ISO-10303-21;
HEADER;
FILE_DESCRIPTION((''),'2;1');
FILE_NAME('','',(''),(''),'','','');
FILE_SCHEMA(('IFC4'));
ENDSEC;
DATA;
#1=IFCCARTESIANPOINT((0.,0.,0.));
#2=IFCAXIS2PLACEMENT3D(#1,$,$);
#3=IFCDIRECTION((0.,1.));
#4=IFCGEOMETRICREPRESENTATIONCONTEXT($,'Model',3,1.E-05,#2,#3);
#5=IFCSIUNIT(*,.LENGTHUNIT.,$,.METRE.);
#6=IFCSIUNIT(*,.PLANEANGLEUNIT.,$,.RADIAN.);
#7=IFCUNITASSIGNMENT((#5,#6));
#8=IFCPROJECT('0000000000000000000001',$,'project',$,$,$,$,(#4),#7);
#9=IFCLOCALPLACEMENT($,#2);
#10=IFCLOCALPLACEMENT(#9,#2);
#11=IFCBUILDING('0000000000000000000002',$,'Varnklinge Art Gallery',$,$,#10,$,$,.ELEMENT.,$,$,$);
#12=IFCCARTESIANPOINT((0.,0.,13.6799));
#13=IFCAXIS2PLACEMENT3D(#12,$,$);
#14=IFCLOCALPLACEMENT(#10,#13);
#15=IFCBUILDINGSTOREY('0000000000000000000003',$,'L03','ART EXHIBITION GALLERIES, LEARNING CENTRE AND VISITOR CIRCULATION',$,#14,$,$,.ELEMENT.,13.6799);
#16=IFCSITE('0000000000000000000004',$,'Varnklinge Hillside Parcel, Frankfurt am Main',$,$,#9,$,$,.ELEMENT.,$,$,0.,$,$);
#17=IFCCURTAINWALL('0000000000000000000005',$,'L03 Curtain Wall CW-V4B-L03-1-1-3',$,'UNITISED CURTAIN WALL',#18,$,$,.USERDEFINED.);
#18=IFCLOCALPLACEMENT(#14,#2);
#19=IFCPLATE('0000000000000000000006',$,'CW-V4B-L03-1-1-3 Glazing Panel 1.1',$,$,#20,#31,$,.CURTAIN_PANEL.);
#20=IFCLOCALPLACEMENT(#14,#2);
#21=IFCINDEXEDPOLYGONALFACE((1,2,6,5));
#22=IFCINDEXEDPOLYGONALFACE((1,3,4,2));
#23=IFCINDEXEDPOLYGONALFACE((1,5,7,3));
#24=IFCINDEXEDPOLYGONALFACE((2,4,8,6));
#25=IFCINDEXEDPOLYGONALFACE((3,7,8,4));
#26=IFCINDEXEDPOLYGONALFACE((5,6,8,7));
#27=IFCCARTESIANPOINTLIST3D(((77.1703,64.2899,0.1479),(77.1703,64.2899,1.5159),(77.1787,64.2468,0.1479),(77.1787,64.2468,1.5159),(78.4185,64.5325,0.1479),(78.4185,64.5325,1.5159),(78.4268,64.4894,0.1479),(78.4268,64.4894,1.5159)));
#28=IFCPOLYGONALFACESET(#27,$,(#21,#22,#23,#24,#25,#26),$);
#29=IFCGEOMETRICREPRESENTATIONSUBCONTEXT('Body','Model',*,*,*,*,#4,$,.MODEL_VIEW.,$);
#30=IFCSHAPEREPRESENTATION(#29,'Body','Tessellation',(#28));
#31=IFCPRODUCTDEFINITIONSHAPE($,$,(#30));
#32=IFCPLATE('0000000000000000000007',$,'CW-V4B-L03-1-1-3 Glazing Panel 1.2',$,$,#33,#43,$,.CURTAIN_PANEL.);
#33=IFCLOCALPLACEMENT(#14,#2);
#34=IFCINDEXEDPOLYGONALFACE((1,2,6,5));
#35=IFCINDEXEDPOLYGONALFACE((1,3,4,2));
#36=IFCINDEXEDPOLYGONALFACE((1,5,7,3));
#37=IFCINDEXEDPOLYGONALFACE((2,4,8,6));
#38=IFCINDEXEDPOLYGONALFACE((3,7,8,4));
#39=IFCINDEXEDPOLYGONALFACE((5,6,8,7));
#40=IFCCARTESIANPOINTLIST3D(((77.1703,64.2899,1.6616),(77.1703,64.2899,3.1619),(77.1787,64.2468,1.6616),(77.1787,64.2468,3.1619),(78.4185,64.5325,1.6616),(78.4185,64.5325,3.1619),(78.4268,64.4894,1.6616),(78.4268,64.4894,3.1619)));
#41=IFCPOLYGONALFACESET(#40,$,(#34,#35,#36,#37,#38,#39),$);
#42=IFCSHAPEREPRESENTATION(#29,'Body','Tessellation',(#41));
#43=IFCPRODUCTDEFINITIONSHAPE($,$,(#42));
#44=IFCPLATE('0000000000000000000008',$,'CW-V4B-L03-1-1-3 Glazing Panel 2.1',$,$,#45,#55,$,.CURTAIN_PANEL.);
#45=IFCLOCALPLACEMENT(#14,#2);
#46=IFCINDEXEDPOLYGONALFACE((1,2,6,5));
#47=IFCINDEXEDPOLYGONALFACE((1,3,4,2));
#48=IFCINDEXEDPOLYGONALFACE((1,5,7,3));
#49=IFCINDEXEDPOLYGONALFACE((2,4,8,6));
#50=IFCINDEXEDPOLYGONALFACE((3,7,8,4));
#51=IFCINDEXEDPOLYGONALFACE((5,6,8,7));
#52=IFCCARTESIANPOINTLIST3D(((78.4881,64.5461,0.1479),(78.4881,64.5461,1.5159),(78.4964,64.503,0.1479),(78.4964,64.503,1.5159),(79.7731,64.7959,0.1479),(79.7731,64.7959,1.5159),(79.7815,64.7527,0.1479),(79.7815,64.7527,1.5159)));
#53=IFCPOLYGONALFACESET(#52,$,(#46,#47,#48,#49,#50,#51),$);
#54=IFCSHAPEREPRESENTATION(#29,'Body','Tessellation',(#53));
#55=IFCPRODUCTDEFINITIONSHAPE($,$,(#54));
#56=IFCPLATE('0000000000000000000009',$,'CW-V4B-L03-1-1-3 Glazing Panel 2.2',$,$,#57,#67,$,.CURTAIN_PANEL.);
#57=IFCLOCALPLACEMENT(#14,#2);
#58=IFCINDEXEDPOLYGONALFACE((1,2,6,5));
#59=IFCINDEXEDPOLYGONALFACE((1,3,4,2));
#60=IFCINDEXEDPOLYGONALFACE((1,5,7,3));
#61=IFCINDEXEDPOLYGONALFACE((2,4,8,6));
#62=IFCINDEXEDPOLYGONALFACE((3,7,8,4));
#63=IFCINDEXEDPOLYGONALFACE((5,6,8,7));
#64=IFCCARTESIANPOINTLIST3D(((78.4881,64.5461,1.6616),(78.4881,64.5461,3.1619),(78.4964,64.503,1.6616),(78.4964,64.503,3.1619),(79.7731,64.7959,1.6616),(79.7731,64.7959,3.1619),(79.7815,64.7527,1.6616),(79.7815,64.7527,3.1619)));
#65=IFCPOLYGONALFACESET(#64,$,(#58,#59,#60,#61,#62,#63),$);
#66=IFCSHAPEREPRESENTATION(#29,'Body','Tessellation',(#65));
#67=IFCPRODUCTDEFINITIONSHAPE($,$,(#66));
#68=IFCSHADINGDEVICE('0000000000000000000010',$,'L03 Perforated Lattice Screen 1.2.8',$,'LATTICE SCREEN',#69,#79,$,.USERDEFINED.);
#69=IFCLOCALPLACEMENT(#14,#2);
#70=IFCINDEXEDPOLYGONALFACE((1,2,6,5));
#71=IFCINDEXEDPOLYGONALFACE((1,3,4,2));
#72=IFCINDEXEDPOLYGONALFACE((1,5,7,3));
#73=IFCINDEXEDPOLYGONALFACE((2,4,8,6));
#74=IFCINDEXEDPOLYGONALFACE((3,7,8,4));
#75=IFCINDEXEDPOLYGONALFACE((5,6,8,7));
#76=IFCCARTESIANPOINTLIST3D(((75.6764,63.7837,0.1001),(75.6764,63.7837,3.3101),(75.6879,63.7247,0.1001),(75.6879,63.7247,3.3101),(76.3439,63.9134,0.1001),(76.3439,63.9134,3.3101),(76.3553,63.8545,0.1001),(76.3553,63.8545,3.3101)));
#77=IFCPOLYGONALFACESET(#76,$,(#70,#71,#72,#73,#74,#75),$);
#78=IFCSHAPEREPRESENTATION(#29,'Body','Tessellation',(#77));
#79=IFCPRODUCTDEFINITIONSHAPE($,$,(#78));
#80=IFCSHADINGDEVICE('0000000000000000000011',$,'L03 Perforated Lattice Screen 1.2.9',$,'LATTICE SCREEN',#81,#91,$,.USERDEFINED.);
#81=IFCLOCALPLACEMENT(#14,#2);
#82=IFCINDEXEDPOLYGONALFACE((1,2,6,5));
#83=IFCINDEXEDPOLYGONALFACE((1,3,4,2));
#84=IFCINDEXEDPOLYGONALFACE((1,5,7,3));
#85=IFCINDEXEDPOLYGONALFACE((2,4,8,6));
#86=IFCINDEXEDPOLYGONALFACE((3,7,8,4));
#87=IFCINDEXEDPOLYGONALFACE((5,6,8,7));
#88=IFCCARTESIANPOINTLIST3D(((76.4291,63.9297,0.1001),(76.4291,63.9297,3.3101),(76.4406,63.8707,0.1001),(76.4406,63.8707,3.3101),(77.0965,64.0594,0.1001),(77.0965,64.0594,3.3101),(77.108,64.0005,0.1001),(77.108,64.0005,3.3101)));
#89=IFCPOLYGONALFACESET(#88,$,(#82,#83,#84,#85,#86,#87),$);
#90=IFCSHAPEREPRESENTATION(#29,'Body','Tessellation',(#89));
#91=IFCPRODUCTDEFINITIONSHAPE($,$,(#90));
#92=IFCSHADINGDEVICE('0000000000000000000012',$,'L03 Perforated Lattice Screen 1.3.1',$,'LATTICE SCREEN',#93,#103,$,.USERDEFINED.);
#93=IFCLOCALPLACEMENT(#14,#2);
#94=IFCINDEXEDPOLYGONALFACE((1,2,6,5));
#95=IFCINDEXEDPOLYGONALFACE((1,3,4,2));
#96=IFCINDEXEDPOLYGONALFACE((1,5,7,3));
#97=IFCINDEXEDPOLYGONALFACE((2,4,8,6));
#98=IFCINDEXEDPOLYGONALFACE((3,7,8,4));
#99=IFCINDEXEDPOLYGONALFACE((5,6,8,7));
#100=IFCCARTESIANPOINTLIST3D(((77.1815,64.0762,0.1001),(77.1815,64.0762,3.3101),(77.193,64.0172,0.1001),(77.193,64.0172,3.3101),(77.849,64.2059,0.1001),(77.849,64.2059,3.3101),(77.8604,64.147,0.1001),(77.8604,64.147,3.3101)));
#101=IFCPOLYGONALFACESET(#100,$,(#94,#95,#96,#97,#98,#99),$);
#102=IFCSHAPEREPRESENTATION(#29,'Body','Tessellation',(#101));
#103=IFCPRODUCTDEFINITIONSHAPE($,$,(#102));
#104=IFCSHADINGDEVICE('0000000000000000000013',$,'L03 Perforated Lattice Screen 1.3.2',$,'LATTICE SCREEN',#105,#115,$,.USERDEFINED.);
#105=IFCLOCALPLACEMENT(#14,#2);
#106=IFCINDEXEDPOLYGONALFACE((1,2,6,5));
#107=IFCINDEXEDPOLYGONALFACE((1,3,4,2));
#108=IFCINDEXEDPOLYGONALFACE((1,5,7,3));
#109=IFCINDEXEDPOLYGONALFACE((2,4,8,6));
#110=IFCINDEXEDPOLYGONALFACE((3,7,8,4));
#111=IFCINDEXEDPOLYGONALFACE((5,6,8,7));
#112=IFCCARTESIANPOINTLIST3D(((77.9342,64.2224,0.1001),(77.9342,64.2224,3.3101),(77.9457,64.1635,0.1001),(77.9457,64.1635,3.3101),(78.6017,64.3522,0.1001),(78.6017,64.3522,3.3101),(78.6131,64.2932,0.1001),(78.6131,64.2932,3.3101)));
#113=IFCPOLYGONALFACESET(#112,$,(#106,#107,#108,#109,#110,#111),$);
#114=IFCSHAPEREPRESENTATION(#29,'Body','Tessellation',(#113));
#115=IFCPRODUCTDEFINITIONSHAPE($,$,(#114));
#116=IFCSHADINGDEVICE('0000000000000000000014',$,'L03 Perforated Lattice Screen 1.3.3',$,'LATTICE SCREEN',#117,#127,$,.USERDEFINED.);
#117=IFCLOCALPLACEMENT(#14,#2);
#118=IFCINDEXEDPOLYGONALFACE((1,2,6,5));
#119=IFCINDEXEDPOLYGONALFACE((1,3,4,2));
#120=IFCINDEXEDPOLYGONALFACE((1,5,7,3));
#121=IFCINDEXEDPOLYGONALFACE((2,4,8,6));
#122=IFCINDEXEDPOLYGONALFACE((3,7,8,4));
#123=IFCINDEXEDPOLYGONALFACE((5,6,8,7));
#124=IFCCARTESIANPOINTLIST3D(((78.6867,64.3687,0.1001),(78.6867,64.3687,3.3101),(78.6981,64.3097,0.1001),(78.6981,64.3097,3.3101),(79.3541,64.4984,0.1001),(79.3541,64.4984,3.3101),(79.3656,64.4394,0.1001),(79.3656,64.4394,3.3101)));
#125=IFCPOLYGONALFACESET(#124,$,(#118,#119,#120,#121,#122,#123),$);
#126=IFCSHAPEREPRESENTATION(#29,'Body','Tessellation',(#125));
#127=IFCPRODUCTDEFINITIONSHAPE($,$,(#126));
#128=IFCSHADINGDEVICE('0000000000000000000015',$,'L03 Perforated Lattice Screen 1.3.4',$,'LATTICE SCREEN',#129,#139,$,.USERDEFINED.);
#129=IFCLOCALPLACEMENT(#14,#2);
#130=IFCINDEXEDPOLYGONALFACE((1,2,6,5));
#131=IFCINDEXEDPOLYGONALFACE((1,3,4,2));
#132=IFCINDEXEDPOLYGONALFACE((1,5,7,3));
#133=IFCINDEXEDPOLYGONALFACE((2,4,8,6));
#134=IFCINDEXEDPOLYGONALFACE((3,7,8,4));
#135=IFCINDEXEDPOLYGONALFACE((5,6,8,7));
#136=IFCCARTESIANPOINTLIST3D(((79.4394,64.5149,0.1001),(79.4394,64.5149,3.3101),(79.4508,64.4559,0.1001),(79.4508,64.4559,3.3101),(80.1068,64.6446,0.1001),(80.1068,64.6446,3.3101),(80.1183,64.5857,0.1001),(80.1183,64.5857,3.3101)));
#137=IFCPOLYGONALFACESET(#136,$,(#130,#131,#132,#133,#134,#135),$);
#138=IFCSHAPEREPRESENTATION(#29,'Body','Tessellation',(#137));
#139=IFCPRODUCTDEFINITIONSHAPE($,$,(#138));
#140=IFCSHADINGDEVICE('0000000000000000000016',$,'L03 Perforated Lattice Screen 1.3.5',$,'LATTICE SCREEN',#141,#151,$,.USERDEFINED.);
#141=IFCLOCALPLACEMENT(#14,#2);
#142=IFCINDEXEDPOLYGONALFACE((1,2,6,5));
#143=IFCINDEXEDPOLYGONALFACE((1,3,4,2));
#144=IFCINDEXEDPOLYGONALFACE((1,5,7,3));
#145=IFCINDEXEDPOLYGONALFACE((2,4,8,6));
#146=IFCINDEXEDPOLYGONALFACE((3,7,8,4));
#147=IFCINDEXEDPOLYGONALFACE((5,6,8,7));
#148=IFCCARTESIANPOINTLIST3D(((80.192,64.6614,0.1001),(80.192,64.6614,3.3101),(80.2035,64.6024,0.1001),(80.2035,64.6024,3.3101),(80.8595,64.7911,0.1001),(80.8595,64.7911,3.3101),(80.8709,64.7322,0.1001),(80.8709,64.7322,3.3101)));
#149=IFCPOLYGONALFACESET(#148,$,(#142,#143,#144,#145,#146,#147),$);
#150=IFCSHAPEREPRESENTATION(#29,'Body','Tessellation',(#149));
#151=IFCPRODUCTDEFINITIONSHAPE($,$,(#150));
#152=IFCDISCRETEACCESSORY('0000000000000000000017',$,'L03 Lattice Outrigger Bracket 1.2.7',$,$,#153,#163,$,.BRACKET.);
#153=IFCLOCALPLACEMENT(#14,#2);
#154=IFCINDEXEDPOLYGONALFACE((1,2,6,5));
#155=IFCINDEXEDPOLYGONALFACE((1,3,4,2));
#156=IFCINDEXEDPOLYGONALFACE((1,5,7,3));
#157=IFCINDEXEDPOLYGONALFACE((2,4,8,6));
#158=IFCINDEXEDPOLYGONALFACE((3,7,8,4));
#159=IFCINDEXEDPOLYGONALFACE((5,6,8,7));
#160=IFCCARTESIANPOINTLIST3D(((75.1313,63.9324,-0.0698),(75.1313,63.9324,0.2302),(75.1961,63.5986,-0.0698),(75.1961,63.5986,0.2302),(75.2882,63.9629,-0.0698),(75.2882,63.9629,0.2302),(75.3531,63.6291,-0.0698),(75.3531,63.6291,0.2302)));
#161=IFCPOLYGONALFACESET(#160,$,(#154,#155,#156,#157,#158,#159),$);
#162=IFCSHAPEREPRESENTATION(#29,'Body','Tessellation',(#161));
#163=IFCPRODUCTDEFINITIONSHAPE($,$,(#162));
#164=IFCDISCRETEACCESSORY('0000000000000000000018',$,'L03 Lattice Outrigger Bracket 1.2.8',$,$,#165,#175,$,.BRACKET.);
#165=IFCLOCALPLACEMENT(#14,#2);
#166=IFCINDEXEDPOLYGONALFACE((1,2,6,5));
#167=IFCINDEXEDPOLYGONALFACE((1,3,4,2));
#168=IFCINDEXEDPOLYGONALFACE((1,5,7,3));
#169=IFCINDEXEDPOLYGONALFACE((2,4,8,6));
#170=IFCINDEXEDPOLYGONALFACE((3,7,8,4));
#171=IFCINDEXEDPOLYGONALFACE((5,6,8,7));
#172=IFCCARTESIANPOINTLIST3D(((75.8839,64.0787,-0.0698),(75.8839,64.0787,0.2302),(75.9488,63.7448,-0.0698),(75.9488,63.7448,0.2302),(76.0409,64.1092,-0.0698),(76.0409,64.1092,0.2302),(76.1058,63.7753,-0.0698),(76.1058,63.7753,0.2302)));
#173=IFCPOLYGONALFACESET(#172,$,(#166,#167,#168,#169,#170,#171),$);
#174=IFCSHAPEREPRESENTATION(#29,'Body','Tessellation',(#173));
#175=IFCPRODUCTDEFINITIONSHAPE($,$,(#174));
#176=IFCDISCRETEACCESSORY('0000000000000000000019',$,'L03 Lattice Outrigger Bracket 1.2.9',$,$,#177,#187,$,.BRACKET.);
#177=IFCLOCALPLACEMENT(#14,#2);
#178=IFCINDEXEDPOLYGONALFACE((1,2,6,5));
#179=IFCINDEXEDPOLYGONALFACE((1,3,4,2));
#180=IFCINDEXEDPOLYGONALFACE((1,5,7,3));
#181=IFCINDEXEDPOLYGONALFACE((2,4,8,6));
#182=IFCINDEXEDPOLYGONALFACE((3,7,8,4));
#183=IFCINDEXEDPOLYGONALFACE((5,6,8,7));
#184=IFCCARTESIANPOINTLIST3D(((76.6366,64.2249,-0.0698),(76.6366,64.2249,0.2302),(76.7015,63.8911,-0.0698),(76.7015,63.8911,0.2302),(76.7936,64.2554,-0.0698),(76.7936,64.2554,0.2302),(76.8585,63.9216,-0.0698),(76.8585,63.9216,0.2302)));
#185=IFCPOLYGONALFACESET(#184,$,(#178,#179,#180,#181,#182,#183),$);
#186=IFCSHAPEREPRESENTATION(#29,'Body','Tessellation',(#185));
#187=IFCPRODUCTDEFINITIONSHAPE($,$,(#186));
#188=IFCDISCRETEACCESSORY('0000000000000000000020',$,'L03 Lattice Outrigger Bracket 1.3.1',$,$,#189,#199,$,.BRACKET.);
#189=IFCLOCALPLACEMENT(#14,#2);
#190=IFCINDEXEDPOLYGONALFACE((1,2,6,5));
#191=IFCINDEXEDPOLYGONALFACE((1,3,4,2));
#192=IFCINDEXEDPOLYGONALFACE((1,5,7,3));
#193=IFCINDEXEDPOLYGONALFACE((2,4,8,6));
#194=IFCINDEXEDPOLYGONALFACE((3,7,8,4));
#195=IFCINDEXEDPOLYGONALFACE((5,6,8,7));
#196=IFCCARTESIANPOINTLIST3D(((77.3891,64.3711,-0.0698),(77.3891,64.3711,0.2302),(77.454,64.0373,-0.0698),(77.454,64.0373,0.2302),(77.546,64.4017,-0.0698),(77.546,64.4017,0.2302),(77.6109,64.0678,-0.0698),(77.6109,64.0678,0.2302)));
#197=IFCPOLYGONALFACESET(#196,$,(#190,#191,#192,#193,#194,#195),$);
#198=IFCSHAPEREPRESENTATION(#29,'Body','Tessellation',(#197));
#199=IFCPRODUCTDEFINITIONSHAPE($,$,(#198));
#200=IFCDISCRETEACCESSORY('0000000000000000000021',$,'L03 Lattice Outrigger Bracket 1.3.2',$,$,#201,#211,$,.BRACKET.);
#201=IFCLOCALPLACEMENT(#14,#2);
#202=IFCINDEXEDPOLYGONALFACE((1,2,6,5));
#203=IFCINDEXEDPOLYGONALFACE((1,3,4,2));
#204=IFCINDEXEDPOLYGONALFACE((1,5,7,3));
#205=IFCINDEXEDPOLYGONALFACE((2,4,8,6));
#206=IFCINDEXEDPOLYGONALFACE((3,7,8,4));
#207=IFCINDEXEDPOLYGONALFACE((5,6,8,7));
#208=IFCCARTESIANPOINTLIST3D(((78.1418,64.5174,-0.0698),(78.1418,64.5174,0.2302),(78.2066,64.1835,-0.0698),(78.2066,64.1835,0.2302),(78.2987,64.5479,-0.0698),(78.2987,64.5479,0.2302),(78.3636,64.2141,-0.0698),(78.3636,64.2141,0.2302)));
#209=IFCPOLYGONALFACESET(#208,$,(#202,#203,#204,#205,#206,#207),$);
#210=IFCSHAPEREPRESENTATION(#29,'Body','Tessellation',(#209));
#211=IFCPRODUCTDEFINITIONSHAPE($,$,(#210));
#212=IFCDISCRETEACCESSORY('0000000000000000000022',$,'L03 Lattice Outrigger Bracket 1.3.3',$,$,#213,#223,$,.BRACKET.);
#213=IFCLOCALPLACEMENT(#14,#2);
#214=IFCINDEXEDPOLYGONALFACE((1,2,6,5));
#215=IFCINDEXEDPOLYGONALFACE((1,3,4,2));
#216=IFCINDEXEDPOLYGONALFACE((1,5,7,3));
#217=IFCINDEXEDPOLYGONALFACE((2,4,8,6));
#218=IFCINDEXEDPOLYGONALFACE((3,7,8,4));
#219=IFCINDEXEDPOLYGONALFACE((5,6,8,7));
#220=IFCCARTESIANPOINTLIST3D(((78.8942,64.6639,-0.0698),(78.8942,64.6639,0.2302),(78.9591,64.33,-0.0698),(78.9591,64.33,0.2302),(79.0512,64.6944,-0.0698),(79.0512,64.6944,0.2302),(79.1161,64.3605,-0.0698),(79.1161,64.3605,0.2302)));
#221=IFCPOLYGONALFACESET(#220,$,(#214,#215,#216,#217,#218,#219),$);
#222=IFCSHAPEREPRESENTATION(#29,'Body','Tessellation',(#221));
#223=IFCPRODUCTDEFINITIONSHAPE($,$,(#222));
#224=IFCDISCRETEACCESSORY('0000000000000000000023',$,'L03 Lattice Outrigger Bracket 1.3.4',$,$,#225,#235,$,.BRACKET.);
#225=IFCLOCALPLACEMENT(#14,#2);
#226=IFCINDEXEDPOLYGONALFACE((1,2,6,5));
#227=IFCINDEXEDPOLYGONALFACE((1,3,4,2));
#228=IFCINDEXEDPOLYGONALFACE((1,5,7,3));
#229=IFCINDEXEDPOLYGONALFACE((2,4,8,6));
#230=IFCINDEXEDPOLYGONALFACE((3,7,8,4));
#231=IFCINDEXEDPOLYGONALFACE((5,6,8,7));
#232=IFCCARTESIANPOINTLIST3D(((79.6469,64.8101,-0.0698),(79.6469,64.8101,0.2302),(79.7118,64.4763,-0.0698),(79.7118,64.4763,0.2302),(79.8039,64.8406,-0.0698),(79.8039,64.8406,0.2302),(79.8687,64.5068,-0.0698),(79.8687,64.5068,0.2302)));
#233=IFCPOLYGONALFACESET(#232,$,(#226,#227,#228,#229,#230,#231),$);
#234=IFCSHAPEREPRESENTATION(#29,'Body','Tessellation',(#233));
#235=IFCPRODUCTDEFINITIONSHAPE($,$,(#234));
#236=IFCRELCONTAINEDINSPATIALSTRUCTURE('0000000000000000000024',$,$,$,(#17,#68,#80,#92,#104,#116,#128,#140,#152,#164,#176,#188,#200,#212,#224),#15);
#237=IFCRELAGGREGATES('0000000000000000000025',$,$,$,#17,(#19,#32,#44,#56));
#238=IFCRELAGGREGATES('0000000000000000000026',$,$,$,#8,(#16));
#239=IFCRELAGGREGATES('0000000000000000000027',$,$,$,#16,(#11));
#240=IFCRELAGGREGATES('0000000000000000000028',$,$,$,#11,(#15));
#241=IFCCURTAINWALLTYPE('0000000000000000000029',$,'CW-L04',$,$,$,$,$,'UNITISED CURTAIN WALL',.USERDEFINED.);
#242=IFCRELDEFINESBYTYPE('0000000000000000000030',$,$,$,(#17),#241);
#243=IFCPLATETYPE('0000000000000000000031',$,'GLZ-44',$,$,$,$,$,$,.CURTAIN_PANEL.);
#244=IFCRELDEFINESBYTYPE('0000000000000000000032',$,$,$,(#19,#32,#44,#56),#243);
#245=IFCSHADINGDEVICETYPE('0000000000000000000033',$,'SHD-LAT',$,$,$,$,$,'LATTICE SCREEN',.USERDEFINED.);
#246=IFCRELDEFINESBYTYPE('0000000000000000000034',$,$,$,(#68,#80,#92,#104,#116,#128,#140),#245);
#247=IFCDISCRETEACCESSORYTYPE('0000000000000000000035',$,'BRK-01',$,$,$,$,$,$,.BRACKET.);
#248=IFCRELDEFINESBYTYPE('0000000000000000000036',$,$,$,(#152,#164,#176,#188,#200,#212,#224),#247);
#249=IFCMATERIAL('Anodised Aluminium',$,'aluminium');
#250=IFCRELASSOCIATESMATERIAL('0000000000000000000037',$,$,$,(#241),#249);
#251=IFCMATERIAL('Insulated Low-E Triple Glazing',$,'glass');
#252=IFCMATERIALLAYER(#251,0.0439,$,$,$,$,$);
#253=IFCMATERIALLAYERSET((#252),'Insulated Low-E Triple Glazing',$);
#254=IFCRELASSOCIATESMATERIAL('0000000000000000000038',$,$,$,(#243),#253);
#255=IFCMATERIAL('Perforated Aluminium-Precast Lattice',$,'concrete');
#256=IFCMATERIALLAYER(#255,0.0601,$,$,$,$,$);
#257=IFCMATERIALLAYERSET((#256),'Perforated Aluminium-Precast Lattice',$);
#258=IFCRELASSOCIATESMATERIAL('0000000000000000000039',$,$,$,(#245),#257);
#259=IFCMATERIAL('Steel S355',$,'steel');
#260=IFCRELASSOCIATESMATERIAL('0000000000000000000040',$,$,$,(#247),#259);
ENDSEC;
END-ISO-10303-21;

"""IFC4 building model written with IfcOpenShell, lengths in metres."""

from ifc_helpers import new_model, si_unit, direction, frame, origin, origin_2d, place, context, subcontext, project, spatial, rectangle, extrude, material, layer, layer_set, type_object, element, aggregate, save


model = new_model("IFC4")

# Units and contexts
model_context = context("Model", 3, precision=1e-05, world=origin(), true_north=direction((0.0, 1.0)))
body_context = subcontext(model_context, "Body", "Model", "MODEL_VIEW")
ifc_project = project(units=[si_unit("LENGTHUNIT", "METRE"), si_unit("PLANEANGLEUNIT", "RADIAN")], contexts=[model_context])

# Site, building, storey
site_placement = place(None, origin())
site = spatial("IfcSite", under=ifc_project, at=site_placement, Name="Varnklinge Hillside Parcel, Frankfurt am Main", CompositionType="ELEMENT", RefElevation=0.0)
building_placement = place(site_placement, origin())
building = spatial("IfcBuilding", under=site, at=building_placement, Name="Varnklinge Art Gallery", CompositionType="ELEMENT")
storey_placement = place(building_placement, frame((0.0, 0.0, 13.6799)))
storey = spatial("IfcBuildingStorey", under=building, at=storey_placement, Name="L03", Description="ART EXHIBITION GALLERIES, LEARNING CENTRE AND VISITOR CIRCULATION", CompositionType="ELEMENT", Elevation=13.6799)

# Curtain wall
ifc_material_1 = material(Name="Anodised Aluminium", Category="aluminium")
curtain_wall_type = type_object("IfcCurtainWallType", Name="CW-L04", ElementType="UNITISED CURTAIN WALL", PredefinedType="USERDEFINED", material=ifc_material_1)
curtain_wall_1_placement = place(storey_placement, origin())
curtain_wall_1 = element("IfcCurtainWall", 1, at=curtain_wall_1_placement, inside=storey, type_object=curtain_wall_type, Name="L03 Curtain Wall CW-V4B-L03-1-1-3", ObjectType="UNITISED CURTAIN WALL", PredefinedType="USERDEFINED")

# Plates
ifc_material_2 = material(Name="Insulated Low-E Triple Glazing", Category="glass")
ifc_layer_1 = layer(ifc_material_2, 0.0439)
ifc_layer_set_1 = layer_set([ifc_layer_1], Name="Insulated Low-E Triple Glazing")
plate_type = type_object("IfcPlateType", Name="GLZ-44", PredefinedType="CURTAIN_PANEL", material=ifc_layer_set_1)
plate_1_placement = place(storey_placement, frame((77.7986, 64.3896, 0.1479), z_axis=(0.0, 0.0, 1.0), x_axis=(0.981627, 0.190809, 0.0)))
plate_1 = element("IfcPlate", 2, at=plate_1_placement, type_object=plate_type, Name="CW-V4B-L03-1-1-3 Glazing Panel 1.1", PredefinedType="CURTAIN_PANEL", context=body_context, shape_type="SweptSolid", body=[
    extrude(rectangle(XDim=1.2715, YDim=0.0439, at=origin_2d()), origin(), (0.0, 0.0, 1.0), 1.3679),
])
plate_2_placement = place(storey_placement, frame((77.7986, 64.3896, 1.6616), z_axis=(0.0, 0.0, 1.0), x_axis=(0.981627, 0.190809, 0.0)))
plate_2 = element("IfcPlate", 3, at=plate_2_placement, type_object=plate_type, Name="CW-V4B-L03-1-1-3 Glazing Panel 1.2", PredefinedType="CURTAIN_PANEL", context=body_context, shape_type="SweptSolid", body=[
    extrude(rectangle(XDim=1.2715, YDim=0.0439, at=origin_2d()), origin(), (0.0, 0.0, 1.0), 1.5002),
])
plate_3_placement = place(storey_placement, frame((79.1348, 64.6494, 0.1479), z_axis=(0.0, 0.0, 1.0), x_axis=(0.981627, 0.190809, 0.0)))
plate_3 = element("IfcPlate", 4, at=plate_3_placement, type_object=plate_type, Name="CW-V4B-L03-1-1-3 Glazing Panel 2.1", PredefinedType="CURTAIN_PANEL", context=body_context, shape_type="SweptSolid", body=[
    extrude(rectangle(XDim=1.3091, YDim=0.0439, at=origin_2d()), origin(), (0.0, 0.0, 1.0), 1.3679),
])
plate_4_placement = place(storey_placement, frame((79.1348, 64.6494, 1.6616), z_axis=(0.0, 0.0, 1.0), x_axis=(0.981627, 0.190809, 0.0)))
plate_4 = element("IfcPlate", 5, at=plate_4_placement, type_object=plate_type, Name="CW-V4B-L03-1-1-3 Glazing Panel 2.2", PredefinedType="CURTAIN_PANEL", context=body_context, shape_type="SweptSolid", body=[
    extrude(rectangle(XDim=1.3091, YDim=0.0439, at=origin_2d()), origin(), (0.0, 0.0, 1.0), 1.5002),
])
aggregate(curtain_wall_1, [plate_1, plate_2, plate_3, plate_4])

# Shading devices
ifc_material_3 = material(Name="Perforated Aluminium-Precast Lattice", Category="concrete")
ifc_layer_2 = layer(ifc_material_3, 0.0601)
ifc_layer_set_2 = layer_set([ifc_layer_2], Name="Perforated Aluminium-Precast Lattice")
shading_device_type = type_object("IfcShadingDeviceType", Name="SHD-LAT", ElementType="LATTICE SCREEN", PredefinedType="USERDEFINED", material=ifc_layer_set_2)
for number, where, z_axis, x_axis, name in (
    (6, (76.0159, 63.8191, 0.1001), (0.0, 0.0, 1.0), (0.981627, 0.190809, 0.0), "L03 Perforated Lattice Screen 1.2.8"),
    (7, (76.7686, 63.9651, 0.1001), (0.0, 0.0, 1.0), (0.981627, 0.190809, 0.0), "L03 Perforated Lattice Screen 1.2.9"),
    (8, (77.521, 64.1116, 0.1001), (0.0, 0.0, 1.0), (0.981627, 0.190809, 0.0), "L03 Perforated Lattice Screen 1.3.1"),
    (9, (78.2737, 64.2578, 0.1001), (0.0, 0.0, 1.0), (0.981627, 0.190809, 0.0), "L03 Perforated Lattice Screen 1.3.2"),
    (10, (79.0261, 64.4041, 0.1001), (0.0, 0.0, 1.0), (0.981627, 0.190809, 0.0), "L03 Perforated Lattice Screen 1.3.3"),
    (11, (79.7788, 64.5503, 0.1001), (0.0, 0.0, 1.0), (0.981627, 0.190809, 0.0), "L03 Perforated Lattice Screen 1.3.4"),
    (12, (80.5315, 64.6968, 0.1001), (0.0, 0.0, 1.0), (0.981627, 0.190809, 0.0), "L03 Perforated Lattice Screen 1.3.5"),
):
    element("IfcShadingDevice", number, at=place(storey_placement, frame(where, z_axis=z_axis, x_axis=x_axis)), inside=storey, type_object=shading_device_type, Name=name, ObjectType="LATTICE SCREEN", PredefinedType="USERDEFINED", context=body_context, shape_type="SweptSolid", body=[
        extrude(rectangle(XDim=0.6799, YDim=0.0601, at=origin_2d()), origin(), (0.0, 0.0, 1.0), 3.21),
    ])

# Discrete accessories
ifc_material_4 = material(Name="Steel S355", Category="steel")
discrete_accessory_type = type_object("IfcDiscreteAccessoryType", Name="BRK-01", PredefinedType="BRACKET", material=ifc_material_4)
for number, where, z_axis, x_axis, name in (
    (13, (75.2422, 63.7808, -0.0698), (0.0, 0.0, 1.0), (0.981627, 0.190809, 0.0), "L03 Lattice Outrigger Bracket 1.2.7"),
    (14, (75.9949, 63.927, -0.0698), (0.0, 0.0, 1.0), (0.981627, 0.190809, 0.0), "L03 Lattice Outrigger Bracket 1.2.8"),
    (15, (76.7476, 64.0732, -0.0698), (0.0, 0.0, 1.0), (0.981627, 0.190809, 0.0), "L03 Lattice Outrigger Bracket 1.2.9"),
    (16, (77.5, 64.2195, -0.0698), (0.0, 0.0, 1.0), (0.981627, 0.190809, 0.0), "L03 Lattice Outrigger Bracket 1.3.1"),
    (17, (78.2527, 64.3657, -0.0698), (0.0, 0.0, 1.0), (0.981627, 0.190809, 0.0), "L03 Lattice Outrigger Bracket 1.3.2"),
    (18, (79.0051, 64.5122, -0.0698), (0.0, 0.0, 1.0), (0.981627, 0.190809, 0.0), "L03 Lattice Outrigger Bracket 1.3.3"),
    (19, (79.7578, 64.6584, -0.0698), (0.0, 0.0, 1.0), (0.981627, 0.190809, 0.0), "L03 Lattice Outrigger Bracket 1.3.4"),
):
    element("IfcDiscreteAccessory", number, at=place(storey_placement, frame(where, z_axis=z_axis, x_axis=x_axis)), inside=storey, type_object=discrete_accessory_type, Name=name, PredefinedType="BRACKET", context=body_context, shape_type="SweptSolid", body=[
        extrude(rectangle(XDim=0.1599, YDim=0.3401, at=origin_2d()), origin(), (0.0, 0.0, 1.0), 0.3),
    ])

save(model, "model.ifc")
